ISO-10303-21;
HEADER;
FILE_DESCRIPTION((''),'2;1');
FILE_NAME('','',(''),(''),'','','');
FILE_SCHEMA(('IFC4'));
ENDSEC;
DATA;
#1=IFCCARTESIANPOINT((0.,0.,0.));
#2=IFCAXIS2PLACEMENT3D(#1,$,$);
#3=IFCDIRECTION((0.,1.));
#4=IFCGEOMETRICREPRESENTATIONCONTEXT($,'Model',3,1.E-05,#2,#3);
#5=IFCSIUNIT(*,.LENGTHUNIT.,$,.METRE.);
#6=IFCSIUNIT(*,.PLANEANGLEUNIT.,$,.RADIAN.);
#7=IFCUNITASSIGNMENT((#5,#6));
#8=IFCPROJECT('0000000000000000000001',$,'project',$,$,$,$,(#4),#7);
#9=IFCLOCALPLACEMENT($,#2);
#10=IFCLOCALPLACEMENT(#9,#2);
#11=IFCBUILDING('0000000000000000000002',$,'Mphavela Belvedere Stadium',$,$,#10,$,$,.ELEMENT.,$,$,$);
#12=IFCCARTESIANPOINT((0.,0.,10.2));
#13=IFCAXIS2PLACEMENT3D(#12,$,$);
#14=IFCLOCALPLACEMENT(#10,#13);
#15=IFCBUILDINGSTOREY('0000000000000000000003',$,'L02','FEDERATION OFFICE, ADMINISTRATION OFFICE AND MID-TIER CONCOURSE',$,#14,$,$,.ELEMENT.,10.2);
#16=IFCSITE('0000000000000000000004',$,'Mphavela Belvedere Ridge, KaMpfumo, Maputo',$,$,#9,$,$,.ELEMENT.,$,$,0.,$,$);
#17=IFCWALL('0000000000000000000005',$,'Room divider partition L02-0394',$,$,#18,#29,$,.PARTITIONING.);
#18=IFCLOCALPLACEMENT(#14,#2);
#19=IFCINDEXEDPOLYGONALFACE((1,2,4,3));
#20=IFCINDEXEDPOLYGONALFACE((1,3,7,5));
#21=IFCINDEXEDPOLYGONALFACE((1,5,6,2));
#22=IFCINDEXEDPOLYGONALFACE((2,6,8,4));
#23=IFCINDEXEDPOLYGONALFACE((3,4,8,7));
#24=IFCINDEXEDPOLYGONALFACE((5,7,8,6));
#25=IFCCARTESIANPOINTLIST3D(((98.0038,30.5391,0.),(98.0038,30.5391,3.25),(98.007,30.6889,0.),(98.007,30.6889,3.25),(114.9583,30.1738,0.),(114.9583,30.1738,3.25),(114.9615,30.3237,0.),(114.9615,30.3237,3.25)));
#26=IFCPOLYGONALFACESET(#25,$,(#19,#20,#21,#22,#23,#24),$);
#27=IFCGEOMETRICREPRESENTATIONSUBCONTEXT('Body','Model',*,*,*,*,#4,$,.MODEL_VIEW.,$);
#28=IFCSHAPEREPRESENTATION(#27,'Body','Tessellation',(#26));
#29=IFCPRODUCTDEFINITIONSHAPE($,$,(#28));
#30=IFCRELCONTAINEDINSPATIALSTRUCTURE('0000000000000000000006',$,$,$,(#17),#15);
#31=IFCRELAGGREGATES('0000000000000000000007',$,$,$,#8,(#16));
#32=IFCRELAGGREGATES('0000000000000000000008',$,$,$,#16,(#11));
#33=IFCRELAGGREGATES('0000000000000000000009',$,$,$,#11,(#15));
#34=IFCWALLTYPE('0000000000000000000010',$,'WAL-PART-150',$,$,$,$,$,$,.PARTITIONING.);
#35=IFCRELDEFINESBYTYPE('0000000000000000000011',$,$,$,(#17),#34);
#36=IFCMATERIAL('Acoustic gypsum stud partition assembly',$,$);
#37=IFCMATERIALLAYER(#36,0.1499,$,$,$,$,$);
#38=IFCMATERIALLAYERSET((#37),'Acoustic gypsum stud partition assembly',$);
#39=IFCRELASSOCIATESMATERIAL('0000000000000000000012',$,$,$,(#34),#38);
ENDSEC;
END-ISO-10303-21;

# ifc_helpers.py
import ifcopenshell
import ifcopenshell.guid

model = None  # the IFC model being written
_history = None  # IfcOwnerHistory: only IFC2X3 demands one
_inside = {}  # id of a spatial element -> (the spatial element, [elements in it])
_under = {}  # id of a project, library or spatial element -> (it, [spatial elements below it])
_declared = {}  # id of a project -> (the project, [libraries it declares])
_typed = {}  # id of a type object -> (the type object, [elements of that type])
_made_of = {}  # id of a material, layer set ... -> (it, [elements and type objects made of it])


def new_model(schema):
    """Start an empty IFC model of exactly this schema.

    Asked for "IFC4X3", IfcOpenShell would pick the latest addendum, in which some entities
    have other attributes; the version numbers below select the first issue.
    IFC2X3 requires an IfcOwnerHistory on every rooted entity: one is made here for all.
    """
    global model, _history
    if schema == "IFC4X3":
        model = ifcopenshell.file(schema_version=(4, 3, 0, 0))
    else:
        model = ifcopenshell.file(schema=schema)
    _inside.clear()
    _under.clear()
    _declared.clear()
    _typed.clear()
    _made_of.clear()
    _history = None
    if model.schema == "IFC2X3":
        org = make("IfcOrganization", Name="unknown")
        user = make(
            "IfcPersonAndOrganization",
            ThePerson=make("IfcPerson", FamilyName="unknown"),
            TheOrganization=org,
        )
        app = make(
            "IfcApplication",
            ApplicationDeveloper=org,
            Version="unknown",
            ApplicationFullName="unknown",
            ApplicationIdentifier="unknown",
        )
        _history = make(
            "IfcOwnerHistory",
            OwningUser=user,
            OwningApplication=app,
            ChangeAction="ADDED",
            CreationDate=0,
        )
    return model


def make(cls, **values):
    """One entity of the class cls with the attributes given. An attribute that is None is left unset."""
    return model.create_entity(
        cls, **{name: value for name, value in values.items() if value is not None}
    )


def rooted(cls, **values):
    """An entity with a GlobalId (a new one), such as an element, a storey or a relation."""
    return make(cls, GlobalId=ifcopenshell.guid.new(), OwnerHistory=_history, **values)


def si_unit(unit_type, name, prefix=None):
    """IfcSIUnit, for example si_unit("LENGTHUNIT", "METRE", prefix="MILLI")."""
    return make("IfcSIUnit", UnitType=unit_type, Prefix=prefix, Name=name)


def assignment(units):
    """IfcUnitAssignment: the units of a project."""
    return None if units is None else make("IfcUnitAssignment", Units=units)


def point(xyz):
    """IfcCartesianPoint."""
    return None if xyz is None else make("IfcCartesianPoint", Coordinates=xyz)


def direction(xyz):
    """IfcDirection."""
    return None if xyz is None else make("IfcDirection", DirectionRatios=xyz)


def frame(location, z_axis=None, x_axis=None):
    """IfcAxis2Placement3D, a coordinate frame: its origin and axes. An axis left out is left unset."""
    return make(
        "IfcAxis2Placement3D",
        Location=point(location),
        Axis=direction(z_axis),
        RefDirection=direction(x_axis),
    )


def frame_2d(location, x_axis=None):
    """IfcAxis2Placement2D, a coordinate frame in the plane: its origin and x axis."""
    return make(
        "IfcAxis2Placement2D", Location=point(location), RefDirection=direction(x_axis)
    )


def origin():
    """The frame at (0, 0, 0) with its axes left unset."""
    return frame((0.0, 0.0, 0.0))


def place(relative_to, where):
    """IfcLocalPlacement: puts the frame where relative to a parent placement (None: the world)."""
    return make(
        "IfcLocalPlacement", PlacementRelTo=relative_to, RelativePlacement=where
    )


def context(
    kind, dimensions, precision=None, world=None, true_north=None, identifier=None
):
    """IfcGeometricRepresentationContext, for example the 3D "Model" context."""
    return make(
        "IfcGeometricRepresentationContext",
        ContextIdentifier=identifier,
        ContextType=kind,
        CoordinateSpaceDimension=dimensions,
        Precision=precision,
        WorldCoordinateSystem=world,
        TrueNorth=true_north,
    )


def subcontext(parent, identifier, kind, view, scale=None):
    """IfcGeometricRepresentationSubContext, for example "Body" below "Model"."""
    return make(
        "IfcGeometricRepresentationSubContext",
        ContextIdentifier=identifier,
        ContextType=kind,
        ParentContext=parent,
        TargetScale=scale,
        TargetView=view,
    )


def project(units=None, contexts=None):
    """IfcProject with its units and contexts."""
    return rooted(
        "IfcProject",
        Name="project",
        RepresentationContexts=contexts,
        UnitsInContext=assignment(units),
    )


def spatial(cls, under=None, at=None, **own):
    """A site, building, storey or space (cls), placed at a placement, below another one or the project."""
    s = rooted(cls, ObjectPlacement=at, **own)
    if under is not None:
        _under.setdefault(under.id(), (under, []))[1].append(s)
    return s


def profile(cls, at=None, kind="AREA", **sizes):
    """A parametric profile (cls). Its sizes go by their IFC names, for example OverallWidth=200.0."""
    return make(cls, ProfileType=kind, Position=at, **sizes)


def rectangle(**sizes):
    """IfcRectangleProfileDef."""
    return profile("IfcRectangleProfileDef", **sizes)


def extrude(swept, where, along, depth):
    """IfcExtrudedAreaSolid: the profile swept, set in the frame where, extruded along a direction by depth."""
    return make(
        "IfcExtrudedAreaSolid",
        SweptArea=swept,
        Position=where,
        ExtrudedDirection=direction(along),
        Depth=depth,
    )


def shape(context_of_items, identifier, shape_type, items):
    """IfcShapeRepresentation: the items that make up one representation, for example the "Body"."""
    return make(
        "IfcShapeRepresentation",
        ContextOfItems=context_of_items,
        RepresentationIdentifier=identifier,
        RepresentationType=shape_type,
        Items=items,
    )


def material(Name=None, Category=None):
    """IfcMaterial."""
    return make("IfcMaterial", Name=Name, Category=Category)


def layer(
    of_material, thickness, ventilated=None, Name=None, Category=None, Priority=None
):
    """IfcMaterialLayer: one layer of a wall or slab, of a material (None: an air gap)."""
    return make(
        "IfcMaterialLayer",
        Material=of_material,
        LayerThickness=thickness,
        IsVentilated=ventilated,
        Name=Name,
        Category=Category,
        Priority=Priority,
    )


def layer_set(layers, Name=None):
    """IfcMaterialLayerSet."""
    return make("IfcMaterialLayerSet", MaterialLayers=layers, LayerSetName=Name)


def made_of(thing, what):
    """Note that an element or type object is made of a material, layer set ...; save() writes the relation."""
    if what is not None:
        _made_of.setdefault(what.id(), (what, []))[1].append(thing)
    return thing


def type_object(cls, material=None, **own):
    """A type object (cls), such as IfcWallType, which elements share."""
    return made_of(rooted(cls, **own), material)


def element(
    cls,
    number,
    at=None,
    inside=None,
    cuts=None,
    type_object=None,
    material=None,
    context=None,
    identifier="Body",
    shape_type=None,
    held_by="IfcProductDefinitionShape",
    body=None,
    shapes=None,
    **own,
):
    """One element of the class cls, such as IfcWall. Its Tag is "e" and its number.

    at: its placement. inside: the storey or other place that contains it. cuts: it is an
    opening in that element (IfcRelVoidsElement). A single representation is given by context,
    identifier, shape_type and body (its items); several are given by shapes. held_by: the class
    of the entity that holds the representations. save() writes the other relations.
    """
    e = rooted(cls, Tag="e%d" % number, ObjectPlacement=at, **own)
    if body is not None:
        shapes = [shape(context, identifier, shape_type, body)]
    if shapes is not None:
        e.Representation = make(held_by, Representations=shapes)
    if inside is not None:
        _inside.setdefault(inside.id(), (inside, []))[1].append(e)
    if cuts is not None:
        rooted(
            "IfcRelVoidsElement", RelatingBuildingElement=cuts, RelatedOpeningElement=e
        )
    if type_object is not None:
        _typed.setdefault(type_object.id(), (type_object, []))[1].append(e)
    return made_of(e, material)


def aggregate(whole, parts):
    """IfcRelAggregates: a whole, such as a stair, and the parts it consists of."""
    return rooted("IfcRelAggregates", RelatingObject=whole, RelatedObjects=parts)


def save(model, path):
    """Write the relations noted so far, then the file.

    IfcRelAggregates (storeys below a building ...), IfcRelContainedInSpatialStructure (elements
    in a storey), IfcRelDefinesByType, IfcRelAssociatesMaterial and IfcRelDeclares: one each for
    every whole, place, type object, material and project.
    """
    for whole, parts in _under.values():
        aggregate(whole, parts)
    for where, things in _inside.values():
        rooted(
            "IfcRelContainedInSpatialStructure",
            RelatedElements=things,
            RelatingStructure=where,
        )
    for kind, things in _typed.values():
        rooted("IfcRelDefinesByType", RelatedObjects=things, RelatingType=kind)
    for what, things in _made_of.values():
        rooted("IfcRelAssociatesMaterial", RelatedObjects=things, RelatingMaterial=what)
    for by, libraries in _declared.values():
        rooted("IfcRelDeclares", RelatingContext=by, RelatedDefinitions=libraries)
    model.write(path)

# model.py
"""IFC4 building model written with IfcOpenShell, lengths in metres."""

from ifc_helpers import new_model, si_unit, direction, frame, frame_2d, origin, place, context, subcontext, project, spatial, rectangle, extrude, material, layer, layer_set, type_object, element, save


model = new_model("IFC4")

# Units and contexts
model_context = context("Model", 3, precision=1e-05, world=origin(), true_north=direction((0.0, 1.0)))
body_context = subcontext(model_context, "Body", "Model", "MODEL_VIEW")
ifc_project = project(units=[si_unit("LENGTHUNIT", "METRE"), si_unit("PLANEANGLEUNIT", "RADIAN")], contexts=[model_context])

# Site, building, storey
site_placement = place(None, origin())
site = spatial("IfcSite", under=ifc_project, at=site_placement, Name="Mphavela Belvedere Ridge, KaMpfumo, Maputo", CompositionType="ELEMENT", RefElevation=0.0)
building_placement = place(site_placement, origin())
building = spatial("IfcBuilding", under=site, at=building_placement, Name="Mphavela Belvedere Stadium", CompositionType="ELEMENT")
storey_placement = place(building_placement, frame((0.0, 0.0, 10.2)))
storey = spatial("IfcBuildingStorey", under=building, at=storey_placement, Name="L02", Description="FEDERATION OFFICE, ADMINISTRATION OFFICE AND MID-TIER CONCOURSE", CompositionType="ELEMENT", Elevation=10.2)

# Wall
ifc_material_1 = material(Name="Acoustic gypsum stud partition assembly")
ifc_layer = layer(ifc_material_1, 0.1499)
ifc_layer_set = layer_set([ifc_layer], Name="Acoustic gypsum stud partition assembly")
wall_type = type_object("IfcWallType", Name="WAL-PART-150", PredefinedType="PARTITIONING", material=ifc_layer_set)
wall_1_placement = place(storey_placement, frame((98.0054, 30.614, 0.0), z_axis=(0.0, 0.0, 1.0), x_axis=(0.999768, -0.021537, 0.0)))
element("IfcWall", 1, at=wall_1_placement, inside=storey, type_object=wall_type, Name="Room divider partition L02-0394", PredefinedType="PARTITIONING", context=body_context, shape_type="SweptSolid", body=[
    extrude(rectangle(XDim=16.9585, YDim=0.1499, at=frame_2d((8.4792, 0.0))), origin(), (0.0, 0.0, 1.0), 3.25),
])

save(model, "model.ifc")
